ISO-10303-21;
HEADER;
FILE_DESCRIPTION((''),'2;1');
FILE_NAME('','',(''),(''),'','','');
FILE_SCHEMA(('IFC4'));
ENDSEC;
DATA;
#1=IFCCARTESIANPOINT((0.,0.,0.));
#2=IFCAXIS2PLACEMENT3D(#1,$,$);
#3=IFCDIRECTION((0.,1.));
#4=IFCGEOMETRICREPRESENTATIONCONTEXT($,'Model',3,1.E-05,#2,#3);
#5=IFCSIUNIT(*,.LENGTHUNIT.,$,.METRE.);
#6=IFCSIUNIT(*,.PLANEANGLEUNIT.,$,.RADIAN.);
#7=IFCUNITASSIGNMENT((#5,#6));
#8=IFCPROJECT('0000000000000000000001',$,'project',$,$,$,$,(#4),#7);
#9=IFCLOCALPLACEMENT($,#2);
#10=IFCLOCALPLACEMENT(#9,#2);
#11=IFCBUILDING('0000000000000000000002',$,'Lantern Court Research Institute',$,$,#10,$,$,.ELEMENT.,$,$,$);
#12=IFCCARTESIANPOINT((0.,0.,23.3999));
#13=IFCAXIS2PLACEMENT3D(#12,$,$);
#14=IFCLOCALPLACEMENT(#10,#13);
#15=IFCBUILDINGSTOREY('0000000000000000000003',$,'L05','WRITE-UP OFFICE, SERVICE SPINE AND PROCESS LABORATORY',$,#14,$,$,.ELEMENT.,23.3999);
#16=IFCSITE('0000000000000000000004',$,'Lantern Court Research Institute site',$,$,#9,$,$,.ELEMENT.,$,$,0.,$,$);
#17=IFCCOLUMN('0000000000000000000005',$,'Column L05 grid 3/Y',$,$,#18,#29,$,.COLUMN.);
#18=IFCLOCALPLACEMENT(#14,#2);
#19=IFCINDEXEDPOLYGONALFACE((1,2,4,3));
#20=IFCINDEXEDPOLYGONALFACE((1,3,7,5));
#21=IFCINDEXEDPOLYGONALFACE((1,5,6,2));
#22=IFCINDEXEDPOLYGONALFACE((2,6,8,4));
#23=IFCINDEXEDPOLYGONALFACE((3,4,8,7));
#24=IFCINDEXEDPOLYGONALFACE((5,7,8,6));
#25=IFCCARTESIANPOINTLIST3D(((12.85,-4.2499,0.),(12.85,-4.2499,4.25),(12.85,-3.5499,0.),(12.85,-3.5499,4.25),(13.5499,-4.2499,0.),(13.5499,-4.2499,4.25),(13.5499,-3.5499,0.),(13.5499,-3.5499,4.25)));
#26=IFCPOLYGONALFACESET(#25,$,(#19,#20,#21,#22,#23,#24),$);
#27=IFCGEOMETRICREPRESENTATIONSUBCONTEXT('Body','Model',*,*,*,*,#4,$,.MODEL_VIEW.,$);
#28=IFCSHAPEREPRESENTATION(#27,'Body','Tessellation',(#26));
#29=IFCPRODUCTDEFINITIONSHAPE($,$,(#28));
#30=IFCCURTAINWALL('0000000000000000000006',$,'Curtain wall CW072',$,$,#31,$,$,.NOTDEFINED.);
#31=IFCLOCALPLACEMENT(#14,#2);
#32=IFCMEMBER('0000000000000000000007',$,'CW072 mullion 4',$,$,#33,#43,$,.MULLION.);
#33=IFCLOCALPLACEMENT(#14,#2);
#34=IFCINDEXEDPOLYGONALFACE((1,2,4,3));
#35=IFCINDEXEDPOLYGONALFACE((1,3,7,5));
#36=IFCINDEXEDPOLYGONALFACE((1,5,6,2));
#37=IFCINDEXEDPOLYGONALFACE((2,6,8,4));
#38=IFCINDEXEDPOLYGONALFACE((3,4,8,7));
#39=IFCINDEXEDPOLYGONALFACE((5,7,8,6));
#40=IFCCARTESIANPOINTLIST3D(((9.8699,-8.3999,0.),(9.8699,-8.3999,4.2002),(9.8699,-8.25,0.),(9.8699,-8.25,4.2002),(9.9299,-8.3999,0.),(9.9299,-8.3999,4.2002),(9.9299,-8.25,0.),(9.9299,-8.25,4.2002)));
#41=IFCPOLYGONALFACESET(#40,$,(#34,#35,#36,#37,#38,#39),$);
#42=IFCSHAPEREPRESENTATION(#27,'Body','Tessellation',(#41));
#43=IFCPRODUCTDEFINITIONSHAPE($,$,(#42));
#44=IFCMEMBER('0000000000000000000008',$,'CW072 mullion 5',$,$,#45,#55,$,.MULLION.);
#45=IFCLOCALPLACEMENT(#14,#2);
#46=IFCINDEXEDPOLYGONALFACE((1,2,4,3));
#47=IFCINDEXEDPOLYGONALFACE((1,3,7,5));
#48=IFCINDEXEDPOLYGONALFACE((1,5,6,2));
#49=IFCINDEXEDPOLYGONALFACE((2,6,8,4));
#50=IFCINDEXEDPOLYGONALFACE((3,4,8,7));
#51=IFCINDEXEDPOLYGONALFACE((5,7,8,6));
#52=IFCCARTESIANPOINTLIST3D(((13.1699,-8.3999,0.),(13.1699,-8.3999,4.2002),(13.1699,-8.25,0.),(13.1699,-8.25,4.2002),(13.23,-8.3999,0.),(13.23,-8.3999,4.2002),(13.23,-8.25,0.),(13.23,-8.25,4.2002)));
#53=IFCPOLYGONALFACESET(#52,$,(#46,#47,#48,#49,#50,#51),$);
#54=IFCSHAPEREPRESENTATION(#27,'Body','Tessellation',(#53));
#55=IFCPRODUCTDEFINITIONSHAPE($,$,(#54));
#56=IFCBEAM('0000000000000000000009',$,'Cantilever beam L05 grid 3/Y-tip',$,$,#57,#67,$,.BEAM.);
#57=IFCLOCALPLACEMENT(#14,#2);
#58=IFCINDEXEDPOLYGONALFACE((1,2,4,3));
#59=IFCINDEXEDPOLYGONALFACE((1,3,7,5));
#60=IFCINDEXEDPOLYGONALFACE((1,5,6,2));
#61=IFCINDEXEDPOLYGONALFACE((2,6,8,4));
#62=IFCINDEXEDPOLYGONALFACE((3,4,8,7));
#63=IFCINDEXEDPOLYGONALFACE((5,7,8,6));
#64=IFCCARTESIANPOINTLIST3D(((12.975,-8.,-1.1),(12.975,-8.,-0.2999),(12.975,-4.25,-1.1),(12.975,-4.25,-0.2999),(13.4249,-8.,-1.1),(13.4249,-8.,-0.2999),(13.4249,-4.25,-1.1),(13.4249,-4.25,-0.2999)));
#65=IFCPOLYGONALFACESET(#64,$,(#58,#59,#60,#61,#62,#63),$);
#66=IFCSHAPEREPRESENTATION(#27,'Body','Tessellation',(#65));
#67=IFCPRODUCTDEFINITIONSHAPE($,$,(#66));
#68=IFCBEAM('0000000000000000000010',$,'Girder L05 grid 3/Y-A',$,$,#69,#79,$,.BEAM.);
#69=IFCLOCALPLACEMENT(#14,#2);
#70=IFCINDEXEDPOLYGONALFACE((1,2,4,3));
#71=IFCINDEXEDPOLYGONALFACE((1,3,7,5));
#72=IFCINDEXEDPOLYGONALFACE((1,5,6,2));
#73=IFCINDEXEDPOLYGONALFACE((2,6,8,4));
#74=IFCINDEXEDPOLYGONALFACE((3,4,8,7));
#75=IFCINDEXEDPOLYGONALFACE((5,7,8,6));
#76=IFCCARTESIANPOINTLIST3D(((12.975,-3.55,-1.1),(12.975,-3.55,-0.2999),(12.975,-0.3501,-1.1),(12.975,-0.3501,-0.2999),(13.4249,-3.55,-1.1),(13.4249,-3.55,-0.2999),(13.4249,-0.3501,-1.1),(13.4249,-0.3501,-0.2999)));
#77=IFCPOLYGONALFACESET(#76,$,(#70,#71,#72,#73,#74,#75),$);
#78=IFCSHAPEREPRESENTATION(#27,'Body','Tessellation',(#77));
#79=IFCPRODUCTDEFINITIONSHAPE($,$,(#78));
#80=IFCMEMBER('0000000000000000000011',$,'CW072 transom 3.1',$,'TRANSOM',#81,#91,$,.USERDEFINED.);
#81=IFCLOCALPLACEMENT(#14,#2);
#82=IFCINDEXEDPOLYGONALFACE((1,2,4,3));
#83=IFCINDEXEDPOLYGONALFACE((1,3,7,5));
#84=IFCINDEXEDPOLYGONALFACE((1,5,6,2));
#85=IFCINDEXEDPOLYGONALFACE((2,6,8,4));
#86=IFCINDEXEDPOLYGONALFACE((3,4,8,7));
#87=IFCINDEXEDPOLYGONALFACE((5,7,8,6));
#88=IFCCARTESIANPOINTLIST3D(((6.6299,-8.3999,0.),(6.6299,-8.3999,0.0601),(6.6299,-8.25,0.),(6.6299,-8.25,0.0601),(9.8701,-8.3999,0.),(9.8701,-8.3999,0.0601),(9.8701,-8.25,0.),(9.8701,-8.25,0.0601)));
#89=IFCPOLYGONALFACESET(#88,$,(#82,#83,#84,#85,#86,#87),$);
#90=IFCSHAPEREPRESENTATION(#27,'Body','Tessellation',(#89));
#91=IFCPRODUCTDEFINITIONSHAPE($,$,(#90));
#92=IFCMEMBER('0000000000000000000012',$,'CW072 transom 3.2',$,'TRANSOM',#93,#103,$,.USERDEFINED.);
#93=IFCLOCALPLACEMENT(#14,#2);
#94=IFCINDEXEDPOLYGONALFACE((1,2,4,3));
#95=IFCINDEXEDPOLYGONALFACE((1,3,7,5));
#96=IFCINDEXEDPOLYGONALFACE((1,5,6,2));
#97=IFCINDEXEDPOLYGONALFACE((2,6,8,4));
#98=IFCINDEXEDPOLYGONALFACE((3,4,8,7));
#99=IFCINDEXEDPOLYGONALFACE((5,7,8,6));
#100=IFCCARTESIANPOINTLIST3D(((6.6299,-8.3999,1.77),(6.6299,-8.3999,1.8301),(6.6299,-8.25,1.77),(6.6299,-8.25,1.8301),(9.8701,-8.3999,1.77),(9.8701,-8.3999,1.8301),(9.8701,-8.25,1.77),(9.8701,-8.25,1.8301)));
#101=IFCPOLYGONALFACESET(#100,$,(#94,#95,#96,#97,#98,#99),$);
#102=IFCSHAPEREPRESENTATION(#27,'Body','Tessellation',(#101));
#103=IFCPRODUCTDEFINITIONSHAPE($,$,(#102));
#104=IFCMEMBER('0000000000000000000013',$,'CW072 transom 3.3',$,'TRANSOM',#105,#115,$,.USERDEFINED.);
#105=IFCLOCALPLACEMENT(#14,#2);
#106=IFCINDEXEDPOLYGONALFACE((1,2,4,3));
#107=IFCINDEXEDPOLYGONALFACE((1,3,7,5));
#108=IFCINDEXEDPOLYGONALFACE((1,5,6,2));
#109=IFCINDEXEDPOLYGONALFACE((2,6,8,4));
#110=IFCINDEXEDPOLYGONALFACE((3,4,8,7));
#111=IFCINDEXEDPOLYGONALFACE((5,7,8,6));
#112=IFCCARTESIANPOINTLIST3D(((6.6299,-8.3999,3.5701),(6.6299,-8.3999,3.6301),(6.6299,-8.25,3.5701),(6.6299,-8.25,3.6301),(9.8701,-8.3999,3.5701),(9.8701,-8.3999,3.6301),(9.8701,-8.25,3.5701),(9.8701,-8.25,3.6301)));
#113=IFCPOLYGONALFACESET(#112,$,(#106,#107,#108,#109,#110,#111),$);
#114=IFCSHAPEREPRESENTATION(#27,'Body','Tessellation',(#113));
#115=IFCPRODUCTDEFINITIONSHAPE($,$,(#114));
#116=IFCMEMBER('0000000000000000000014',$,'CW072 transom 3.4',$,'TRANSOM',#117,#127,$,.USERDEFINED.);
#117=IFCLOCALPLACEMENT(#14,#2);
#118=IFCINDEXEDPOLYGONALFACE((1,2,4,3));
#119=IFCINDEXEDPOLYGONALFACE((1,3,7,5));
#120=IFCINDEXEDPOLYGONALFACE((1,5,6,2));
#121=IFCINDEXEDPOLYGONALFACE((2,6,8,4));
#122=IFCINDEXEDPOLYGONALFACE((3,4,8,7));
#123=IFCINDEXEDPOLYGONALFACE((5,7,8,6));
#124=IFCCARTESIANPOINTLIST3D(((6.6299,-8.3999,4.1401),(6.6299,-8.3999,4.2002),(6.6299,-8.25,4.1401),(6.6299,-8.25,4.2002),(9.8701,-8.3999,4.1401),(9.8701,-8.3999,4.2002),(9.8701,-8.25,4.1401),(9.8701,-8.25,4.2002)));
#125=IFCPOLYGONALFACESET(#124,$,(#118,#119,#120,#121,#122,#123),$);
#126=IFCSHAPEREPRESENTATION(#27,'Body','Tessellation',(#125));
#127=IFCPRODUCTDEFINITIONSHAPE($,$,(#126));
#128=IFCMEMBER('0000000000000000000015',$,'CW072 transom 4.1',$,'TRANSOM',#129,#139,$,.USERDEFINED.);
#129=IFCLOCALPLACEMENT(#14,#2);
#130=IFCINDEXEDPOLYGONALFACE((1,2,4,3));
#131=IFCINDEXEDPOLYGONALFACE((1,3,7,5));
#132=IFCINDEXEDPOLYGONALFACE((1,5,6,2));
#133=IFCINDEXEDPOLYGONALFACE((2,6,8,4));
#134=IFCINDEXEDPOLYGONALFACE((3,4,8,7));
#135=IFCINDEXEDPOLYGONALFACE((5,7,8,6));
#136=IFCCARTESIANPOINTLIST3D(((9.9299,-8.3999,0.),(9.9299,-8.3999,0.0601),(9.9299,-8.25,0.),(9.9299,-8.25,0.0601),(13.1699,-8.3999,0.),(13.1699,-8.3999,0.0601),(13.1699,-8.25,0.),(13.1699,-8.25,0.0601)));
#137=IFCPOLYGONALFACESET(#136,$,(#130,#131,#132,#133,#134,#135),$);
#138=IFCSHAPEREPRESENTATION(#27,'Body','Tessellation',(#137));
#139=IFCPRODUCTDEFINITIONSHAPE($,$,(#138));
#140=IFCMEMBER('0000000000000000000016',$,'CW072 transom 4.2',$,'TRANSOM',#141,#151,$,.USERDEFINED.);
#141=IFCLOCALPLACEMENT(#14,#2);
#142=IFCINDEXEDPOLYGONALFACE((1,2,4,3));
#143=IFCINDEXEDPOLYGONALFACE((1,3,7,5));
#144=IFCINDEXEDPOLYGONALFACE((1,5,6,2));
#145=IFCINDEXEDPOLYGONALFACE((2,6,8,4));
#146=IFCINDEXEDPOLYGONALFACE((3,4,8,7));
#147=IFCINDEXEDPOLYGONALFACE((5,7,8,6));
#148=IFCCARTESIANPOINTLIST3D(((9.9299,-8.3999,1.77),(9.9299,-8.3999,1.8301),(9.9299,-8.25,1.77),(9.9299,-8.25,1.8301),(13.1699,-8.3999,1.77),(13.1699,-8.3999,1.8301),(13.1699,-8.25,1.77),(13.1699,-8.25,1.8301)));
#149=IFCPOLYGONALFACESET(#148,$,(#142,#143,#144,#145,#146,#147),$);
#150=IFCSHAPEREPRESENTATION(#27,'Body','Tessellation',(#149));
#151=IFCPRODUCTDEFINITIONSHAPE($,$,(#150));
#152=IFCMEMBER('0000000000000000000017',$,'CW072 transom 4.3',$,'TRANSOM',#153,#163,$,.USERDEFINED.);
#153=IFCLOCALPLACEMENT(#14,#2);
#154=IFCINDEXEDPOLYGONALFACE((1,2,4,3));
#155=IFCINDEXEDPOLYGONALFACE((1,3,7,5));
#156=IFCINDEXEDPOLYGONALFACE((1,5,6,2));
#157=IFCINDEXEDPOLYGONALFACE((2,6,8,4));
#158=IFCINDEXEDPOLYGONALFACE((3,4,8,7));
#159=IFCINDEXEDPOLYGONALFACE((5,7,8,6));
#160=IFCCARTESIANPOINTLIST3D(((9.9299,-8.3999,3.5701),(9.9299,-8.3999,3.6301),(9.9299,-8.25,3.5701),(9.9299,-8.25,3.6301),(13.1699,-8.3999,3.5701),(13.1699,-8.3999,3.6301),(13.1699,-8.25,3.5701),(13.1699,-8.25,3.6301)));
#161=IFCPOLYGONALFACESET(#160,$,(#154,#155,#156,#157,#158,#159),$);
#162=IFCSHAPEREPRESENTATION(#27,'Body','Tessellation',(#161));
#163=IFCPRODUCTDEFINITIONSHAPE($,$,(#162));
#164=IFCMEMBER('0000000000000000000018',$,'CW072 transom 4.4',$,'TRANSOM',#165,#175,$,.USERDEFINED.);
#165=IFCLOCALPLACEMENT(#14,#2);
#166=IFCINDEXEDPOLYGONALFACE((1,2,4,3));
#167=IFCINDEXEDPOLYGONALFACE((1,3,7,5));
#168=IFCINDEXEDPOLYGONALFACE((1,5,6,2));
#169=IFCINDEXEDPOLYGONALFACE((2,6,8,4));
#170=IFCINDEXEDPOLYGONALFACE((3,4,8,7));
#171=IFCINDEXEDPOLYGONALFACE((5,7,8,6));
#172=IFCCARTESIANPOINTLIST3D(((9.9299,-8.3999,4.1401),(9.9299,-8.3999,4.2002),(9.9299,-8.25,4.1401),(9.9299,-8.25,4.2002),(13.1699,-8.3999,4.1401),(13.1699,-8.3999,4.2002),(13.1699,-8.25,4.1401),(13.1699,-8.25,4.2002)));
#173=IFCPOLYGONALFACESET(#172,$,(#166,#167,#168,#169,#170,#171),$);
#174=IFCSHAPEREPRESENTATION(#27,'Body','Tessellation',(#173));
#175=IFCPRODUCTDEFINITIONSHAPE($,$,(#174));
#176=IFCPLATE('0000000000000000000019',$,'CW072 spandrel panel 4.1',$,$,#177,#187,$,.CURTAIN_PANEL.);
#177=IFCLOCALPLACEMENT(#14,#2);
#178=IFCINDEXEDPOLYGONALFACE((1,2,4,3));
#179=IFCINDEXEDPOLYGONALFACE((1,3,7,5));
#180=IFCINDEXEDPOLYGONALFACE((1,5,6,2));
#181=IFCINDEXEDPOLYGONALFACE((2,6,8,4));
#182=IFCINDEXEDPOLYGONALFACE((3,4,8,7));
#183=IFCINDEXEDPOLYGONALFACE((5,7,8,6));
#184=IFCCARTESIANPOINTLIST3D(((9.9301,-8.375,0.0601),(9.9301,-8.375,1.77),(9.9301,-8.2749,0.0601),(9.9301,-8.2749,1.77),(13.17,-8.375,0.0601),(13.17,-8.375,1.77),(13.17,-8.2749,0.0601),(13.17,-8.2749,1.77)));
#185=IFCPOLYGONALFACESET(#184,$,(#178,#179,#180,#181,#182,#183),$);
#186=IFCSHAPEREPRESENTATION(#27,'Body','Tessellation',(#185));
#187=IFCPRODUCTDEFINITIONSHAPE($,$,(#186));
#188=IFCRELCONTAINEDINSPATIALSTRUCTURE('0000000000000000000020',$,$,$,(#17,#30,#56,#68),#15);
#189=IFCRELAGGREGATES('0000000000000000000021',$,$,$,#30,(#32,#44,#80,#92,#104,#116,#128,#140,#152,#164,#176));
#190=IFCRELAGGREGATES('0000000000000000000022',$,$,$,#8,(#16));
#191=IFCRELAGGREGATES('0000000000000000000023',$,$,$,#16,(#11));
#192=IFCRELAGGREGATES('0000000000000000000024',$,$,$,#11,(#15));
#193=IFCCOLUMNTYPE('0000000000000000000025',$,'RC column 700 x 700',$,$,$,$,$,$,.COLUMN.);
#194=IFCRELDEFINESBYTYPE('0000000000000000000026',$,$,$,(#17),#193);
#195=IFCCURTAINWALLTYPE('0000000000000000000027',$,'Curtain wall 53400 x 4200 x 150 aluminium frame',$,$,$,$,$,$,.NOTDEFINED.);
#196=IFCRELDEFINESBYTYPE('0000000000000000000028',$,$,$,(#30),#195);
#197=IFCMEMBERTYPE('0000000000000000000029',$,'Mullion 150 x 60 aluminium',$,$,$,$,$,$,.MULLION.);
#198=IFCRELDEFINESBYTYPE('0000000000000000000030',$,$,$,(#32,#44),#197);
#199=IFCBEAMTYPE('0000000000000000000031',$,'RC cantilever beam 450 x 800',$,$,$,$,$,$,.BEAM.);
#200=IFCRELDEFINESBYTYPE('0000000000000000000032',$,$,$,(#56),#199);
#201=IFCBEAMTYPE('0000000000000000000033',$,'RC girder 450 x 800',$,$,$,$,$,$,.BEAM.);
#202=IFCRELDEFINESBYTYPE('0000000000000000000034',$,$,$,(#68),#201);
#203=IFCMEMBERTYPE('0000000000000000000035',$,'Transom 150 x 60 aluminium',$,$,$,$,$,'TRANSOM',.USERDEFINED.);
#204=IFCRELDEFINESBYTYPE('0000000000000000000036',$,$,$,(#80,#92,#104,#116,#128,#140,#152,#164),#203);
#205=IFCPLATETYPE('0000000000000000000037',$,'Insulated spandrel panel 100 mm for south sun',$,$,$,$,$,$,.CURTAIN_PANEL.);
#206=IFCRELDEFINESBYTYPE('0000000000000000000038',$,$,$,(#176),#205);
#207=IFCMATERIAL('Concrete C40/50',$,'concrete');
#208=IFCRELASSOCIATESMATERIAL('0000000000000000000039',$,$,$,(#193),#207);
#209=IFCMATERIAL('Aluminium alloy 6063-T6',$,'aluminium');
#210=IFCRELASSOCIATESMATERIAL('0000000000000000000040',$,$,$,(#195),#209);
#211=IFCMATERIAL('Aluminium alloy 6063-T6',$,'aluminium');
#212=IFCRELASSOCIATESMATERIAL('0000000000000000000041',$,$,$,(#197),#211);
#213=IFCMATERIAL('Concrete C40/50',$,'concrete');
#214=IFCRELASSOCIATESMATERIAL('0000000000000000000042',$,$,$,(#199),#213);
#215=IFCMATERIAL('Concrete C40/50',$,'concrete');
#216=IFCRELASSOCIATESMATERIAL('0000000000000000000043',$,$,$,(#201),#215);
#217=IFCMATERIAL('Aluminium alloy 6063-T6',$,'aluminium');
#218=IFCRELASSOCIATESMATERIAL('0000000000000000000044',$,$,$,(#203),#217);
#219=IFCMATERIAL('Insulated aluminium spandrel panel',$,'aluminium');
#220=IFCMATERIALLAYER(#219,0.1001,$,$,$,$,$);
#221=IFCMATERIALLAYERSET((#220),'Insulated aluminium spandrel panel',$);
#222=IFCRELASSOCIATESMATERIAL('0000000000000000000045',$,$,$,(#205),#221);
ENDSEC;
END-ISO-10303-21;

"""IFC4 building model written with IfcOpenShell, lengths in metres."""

from ifc_helpers import new_model, si_unit, direction, frame, origin, origin_2d, place, context, subcontext, project, spatial, rectangle, extrude, material, layer, layer_set, material_profile, profile_set, type_object, element, aggregate, save


model = new_model("IFC4")

# Units and contexts
model_context = context("Model", 3, precision=1e-05, world=origin(), true_north=direction((0.0, 1.0)))
body_context = subcontext(model_context, "Body", "Model", "MODEL_VIEW")
ifc_project = project(units=[si_unit("LENGTHUNIT", "METRE"), si_unit("PLANEANGLEUNIT", "RADIAN")], contexts=[model_context])

# Site, building, storey
site_placement = place(None, origin())
site = spatial("IfcSite", under=ifc_project, at=site_placement, Name="Lantern Court Research Institute site", CompositionType="ELEMENT", RefElevation=0.0)
building_placement = place(site_placement, origin())
building = spatial("IfcBuilding", under=site, at=building_placement, Name="Lantern Court Research Institute", CompositionType="ELEMENT")
storey_placement = place(building_placement, frame((0.0, 0.0, 23.3999)))
storey = spatial("IfcBuildingStorey", under=building, at=storey_placement, Name="L05", Description="WRITE-UP OFFICE, SERVICE SPINE AND PROCESS LABORATORY", CompositionType="ELEMENT", Elevation=23.3999)

# Column
ifc_material_1 = material(Name="Concrete C40/50", Category="concrete")
ifc_material_profile_1 = material_profile(ifc_material_1, rectangle(XDim=0.7, YDim=0.7, at=origin_2d()), Name="RC column 700 x 700")
ifc_profile_set_1 = profile_set([ifc_material_profile_1], Name="Concrete C40/50")
column_type = type_object("IfcColumnType", Name="RC column 700 x 700", PredefinedType="COLUMN", material=ifc_profile_set_1)
column_placement = place(storey_placement, frame((13.2, -3.8999, 0.0), z_axis=(0.0, 0.0, 1.0), x_axis=(1.0, 0.0, 0.0)))
element("IfcColumn", 1, at=column_placement, inside=storey, type_object=column_type, Name="Column L05 grid 3/Y", PredefinedType="COLUMN", context=body_context, shape_type="SweptSolid", body=[
    extrude(rectangle(XDim=0.7, YDim=0.7, at=origin_2d()), origin(), (0.0, 0.0, 1.0), 4.25),
])

# Curtain wall, members
ifc_material_2 = material(Name="Aluminium alloy 6063-T6", Category="aluminium")
curtain_wall_type = type_object("IfcCurtainWallType", Name="Curtain wall 53400 x 4200 x 150 aluminium frame", PredefinedType="NOTDEFINED", material=ifc_material_2)
curtain_wall_placement = place(storey_placement, origin())
curtain_wall = element("IfcCurtainWall", 2, at=curtain_wall_placement, inside=storey, type_object=curtain_wall_type, Name="Curtain wall CW072", PredefinedType="NOTDEFINED")
ifc_material_3 = material(Name="Aluminium alloy 6063-T6", Category="aluminium")
ifc_material_profile_2 = material_profile(ifc_material_3, rectangle(XDim=0.1499, YDim=0.0601, at=origin_2d()), Name="Mullion 150 x 60")
ifc_profile_set_2 = profile_set([ifc_material_profile_2], Name="Aluminium alloy 6063-T6")
member_type_1 = type_object("IfcMemberType", Name="Mullion 150 x 60 aluminium", PredefinedType="MULLION", material=ifc_profile_set_2)
member_1_placement = place(storey_placement, frame((9.8999, -8.325, 0.0), z_axis=(0.0, 0.0, 1.0), x_axis=(0.0, -1.0, 0.0)))
member_1 = element("IfcMember", 3, at=member_1_placement, type_object=member_type_1, Name="CW072 mullion 4", PredefinedType="MULLION", context=body_context, shape_type="SweptSolid", body=[
    extrude(rectangle(XDim=0.1499, YDim=0.0601, at=origin_2d()), origin(), (0.0, 0.0, 1.0), 4.2002),
])
member_2_placement = place(storey_placement, frame((13.2, -8.325, 0.0), z_axis=(0.0, 0.0, 1.0), x_axis=(0.0, -1.0, 0.0)))
member_2 = element("IfcMember", 4, at=member_2_placement, type_object=member_type_1, Name="CW072 mullion 5", PredefinedType="MULLION", context=body_context, shape_type="SweptSolid", body=[
    extrude(rectangle(XDim=0.1499, YDim=0.0601, at=origin_2d()), origin(), (0.0, 0.0, 1.0), 4.2002),
])

# Beams
ifc_material_4 = material(Name="Concrete C40/50", Category="concrete")
ifc_material_profile_3 = material_profile(ifc_material_4, rectangle(XDim=0.45, YDim=0.8, at=origin_2d()), Name="RC beam 450 x 800")
ifc_profile_set_3 = profile_set([ifc_material_profile_3], Name="Concrete C40/50")
beam_type_1 = type_object("IfcBeamType", Name="RC cantilever beam 450 x 800", PredefinedType="BEAM", material=ifc_profile_set_3)
beam_1_placement = place(storey_placement, frame((13.2, -4.25, -0.7), z_axis=(0.0, -1.0, 0.0), x_axis=(1.0, 0.0, 0.0)))
element("IfcBeam", 5, at=beam_1_placement, inside=storey, type_object=beam_type_1, Name="Cantilever beam L05 grid 3/Y-tip", PredefinedType="BEAM", context=body_context, shape_type="SweptSolid", body=[
    extrude(rectangle(XDim=0.45, YDim=0.8, at=origin_2d()), origin(), (0.0, 0.0, 1.0), 3.75),
])
ifc_material_5 = material(Name="Concrete C40/50", Category="concrete")
ifc_material_profile_4 = material_profile(ifc_material_5, rectangle(XDim=0.45, YDim=0.8, at=origin_2d()), Name="RC beam 450 x 800")
ifc_profile_set_4 = profile_set([ifc_material_profile_4], Name="Concrete C40/50")
beam_type_2 = type_object("IfcBeamType", Name="RC girder 450 x 800", PredefinedType="BEAM", material=ifc_profile_set_4)
beam_2_placement = place(storey_placement, frame((13.2, -3.55, -0.7), z_axis=(0.0, 1.0, 0.0), x_axis=(-1.0, 0.0, 0.0)))
element("IfcBeam", 6, at=beam_2_placement, inside=storey, type_object=beam_type_2, Name="Girder L05 grid 3/Y-A", PredefinedType="BEAM", context=body_context, shape_type="SweptSolid", body=[
    extrude(rectangle(XDim=0.45, YDim=0.8, at=origin_2d()), origin(), (0.0, 0.0, 1.0), 3.2),
])

# Members
ifc_material_6 = material(Name="Aluminium alloy 6063-T6", Category="aluminium")
ifc_material_profile_5 = material_profile(ifc_material_6, rectangle(XDim=0.1499, YDim=0.0601, at=origin_2d()), Name="Transom 150 x 60")
ifc_profile_set_5 = profile_set([ifc_material_profile_5], Name="Aluminium alloy 6063-T6")
member_type_2 = type_object("IfcMemberType", Name="Transom 150 x 60 aluminium", ElementType="TRANSOM", PredefinedType="USERDEFINED", material=ifc_profile_set_5)
member_3_placement = place(storey_placement, frame((9.8701, -8.325, 0.03), z_axis=(-1.0, 0.0, 0.0), x_axis=(0.0, -1.0, 0.0)))
member_3 = element("IfcMember", 7, at=member_3_placement, type_object=member_type_2, Name="CW072 transom 3.1", ObjectType="TRANSOM", PredefinedType="USERDEFINED", context=body_context, shape_type="SweptSolid", body=[
    extrude(rectangle(XDim=0.1499, YDim=0.0601, at=origin_2d()), origin(), (0.0, 0.0, 1.0), 3.2402),
])
member_4_placement = place(storey_placement, frame((9.8701, -8.325, 1.8), z_axis=(-1.0, 0.0, 0.0), x_axis=(0.0, -1.0, 0.0)))
member_4 = element("IfcMember", 8, at=member_4_placement, type_object=member_type_2, Name="CW072 transom 3.2", ObjectType="TRANSOM", PredefinedType="USERDEFINED", context=body_context, shape_type="SweptSolid", body=[
    extrude(rectangle(XDim=0.1499, YDim=0.0601, at=origin_2d()), origin(), (0.0, 0.0, 1.0), 3.2402),
])
member_5_placement = place(storey_placement, frame((9.8701, -8.325, 3.6001), z_axis=(-1.0, 0.0, 0.0), x_axis=(0.0, -1.0, 0.0)))
member_5 = element("IfcMember", 9, at=member_5_placement, type_object=member_type_2, Name="CW072 transom 3.3", ObjectType="TRANSOM", PredefinedType="USERDEFINED", context=body_context, shape_type="SweptSolid", body=[
    extrude(rectangle(XDim=0.1499, YDim=0.0601, at=origin_2d()), origin(), (0.0, 0.0, 1.0), 3.2402),
])
member_6_placement = place(storey_placement, frame((9.8701, -8.325, 4.1702), z_axis=(-1.0, 0.0, 0.0), x_axis=(0.0, -1.0, 0.0)))
member_6 = element("IfcMember", 10, at=member_6_placement, type_object=member_type_2, Name="CW072 transom 3.4", ObjectType="TRANSOM", PredefinedType="USERDEFINED", context=body_context, shape_type="SweptSolid", body=[
    extrude(rectangle(XDim=0.1499, YDim=0.0601, at=origin_2d()), origin(), (0.0, 0.0, 1.0), 3.2402),
])
member_7_placement = place(storey_placement, frame((13.1699, -8.325, 0.03), z_axis=(-1.0, 0.0, 0.0), x_axis=(0.0, -1.0, 0.0)))
member_7 = element("IfcMember", 11, at=member_7_placement, type_object=member_type_2, Name="CW072 transom 4.1", ObjectType="TRANSOM", PredefinedType="USERDEFINED", context=body_context, shape_type="SweptSolid", body=[
    extrude(rectangle(XDim=0.1499, YDim=0.0601, at=origin_2d()), origin(), (0.0, 0.0, 1.0), 3.24),
])
member_8_placement = place(storey_placement, frame((13.1699, -8.325, 1.8), z_axis=(-1.0, 0.0, 0.0), x_axis=(0.0, -1.0, 0.0)))
member_8 = element("IfcMember", 12, at=member_8_placement, type_object=member_type_2, Name="CW072 transom 4.2", ObjectType="TRANSOM", PredefinedType="USERDEFINED", context=body_context, shape_type="SweptSolid", body=[
    extrude(rectangle(XDim=0.1499, YDim=0.0601, at=origin_2d()), origin(), (0.0, 0.0, 1.0), 3.24),
])
member_9_placement = place(storey_placement, frame((13.1699, -8.325, 3.6001), z_axis=(-1.0, 0.0, 0.0), x_axis=(0.0, -1.0, 0.0)))
member_9 = element("IfcMember", 13, at=member_9_placement, type_object=member_type_2, Name="CW072 transom 4.3", ObjectType="TRANSOM", PredefinedType="USERDEFINED", context=body_context, shape_type="SweptSolid", body=[
    extrude(rectangle(XDim=0.1499, YDim=0.0601, at=origin_2d()), origin(), (0.0, 0.0, 1.0), 3.24),
])
member_10_placement = place(storey_placement, frame((13.1699, -8.325, 4.1702), z_axis=(-1.0, 0.0, 0.0), x_axis=(0.0, -1.0, 0.0)))
member_10 = element("IfcMember", 14, at=member_10_placement, type_object=member_type_2, Name="CW072 transom 4.4", ObjectType="TRANSOM", PredefinedType="USERDEFINED", context=body_context, shape_type="SweptSolid", body=[
    extrude(rectangle(XDim=0.1499, YDim=0.0601, at=origin_2d()), origin(), (0.0, 0.0, 1.0), 3.24),
])

# Plate
ifc_material_7 = material(Name="Insulated aluminium spandrel panel", Category="aluminium")
ifc_layer_1 = layer(ifc_material_7, 0.1001)
ifc_layer_set_1 = layer_set([ifc_layer_1], Name="Insulated aluminium spandrel panel")
plate_type_1 = type_object("IfcPlateType", Name="Insulated spandrel panel 100 mm for south sun", PredefinedType="CURTAIN_PANEL", material=ifc_layer_set_1)
plate_1_placement = place(storey_placement, frame((11.55, -8.325, 0.0601), z_axis=(0.0, 0.0, 1.0), x_axis=(-1.0, 0.0, 0.0)))
plate_1 = element("IfcPlate", 15, at=plate_1_placement, type_object=plate_type_1, Name="CW072 spandrel panel 4.1", PredefinedType="CURTAIN_PANEL", context=body_context, shape_type="SweptSolid", body=[
    extrude(rectangle(XDim=3.24, YDim=0.1001, at=origin_2d()), origin(), (0.0, 0.0, 1.0), 1.71),
])
aggregate(curtain_wall, [member_1, member_2, member_3, member_4, member_5, member_6, member_7, member_8, member_9, member_10, plate_1])

save(model, "model.ifc")
